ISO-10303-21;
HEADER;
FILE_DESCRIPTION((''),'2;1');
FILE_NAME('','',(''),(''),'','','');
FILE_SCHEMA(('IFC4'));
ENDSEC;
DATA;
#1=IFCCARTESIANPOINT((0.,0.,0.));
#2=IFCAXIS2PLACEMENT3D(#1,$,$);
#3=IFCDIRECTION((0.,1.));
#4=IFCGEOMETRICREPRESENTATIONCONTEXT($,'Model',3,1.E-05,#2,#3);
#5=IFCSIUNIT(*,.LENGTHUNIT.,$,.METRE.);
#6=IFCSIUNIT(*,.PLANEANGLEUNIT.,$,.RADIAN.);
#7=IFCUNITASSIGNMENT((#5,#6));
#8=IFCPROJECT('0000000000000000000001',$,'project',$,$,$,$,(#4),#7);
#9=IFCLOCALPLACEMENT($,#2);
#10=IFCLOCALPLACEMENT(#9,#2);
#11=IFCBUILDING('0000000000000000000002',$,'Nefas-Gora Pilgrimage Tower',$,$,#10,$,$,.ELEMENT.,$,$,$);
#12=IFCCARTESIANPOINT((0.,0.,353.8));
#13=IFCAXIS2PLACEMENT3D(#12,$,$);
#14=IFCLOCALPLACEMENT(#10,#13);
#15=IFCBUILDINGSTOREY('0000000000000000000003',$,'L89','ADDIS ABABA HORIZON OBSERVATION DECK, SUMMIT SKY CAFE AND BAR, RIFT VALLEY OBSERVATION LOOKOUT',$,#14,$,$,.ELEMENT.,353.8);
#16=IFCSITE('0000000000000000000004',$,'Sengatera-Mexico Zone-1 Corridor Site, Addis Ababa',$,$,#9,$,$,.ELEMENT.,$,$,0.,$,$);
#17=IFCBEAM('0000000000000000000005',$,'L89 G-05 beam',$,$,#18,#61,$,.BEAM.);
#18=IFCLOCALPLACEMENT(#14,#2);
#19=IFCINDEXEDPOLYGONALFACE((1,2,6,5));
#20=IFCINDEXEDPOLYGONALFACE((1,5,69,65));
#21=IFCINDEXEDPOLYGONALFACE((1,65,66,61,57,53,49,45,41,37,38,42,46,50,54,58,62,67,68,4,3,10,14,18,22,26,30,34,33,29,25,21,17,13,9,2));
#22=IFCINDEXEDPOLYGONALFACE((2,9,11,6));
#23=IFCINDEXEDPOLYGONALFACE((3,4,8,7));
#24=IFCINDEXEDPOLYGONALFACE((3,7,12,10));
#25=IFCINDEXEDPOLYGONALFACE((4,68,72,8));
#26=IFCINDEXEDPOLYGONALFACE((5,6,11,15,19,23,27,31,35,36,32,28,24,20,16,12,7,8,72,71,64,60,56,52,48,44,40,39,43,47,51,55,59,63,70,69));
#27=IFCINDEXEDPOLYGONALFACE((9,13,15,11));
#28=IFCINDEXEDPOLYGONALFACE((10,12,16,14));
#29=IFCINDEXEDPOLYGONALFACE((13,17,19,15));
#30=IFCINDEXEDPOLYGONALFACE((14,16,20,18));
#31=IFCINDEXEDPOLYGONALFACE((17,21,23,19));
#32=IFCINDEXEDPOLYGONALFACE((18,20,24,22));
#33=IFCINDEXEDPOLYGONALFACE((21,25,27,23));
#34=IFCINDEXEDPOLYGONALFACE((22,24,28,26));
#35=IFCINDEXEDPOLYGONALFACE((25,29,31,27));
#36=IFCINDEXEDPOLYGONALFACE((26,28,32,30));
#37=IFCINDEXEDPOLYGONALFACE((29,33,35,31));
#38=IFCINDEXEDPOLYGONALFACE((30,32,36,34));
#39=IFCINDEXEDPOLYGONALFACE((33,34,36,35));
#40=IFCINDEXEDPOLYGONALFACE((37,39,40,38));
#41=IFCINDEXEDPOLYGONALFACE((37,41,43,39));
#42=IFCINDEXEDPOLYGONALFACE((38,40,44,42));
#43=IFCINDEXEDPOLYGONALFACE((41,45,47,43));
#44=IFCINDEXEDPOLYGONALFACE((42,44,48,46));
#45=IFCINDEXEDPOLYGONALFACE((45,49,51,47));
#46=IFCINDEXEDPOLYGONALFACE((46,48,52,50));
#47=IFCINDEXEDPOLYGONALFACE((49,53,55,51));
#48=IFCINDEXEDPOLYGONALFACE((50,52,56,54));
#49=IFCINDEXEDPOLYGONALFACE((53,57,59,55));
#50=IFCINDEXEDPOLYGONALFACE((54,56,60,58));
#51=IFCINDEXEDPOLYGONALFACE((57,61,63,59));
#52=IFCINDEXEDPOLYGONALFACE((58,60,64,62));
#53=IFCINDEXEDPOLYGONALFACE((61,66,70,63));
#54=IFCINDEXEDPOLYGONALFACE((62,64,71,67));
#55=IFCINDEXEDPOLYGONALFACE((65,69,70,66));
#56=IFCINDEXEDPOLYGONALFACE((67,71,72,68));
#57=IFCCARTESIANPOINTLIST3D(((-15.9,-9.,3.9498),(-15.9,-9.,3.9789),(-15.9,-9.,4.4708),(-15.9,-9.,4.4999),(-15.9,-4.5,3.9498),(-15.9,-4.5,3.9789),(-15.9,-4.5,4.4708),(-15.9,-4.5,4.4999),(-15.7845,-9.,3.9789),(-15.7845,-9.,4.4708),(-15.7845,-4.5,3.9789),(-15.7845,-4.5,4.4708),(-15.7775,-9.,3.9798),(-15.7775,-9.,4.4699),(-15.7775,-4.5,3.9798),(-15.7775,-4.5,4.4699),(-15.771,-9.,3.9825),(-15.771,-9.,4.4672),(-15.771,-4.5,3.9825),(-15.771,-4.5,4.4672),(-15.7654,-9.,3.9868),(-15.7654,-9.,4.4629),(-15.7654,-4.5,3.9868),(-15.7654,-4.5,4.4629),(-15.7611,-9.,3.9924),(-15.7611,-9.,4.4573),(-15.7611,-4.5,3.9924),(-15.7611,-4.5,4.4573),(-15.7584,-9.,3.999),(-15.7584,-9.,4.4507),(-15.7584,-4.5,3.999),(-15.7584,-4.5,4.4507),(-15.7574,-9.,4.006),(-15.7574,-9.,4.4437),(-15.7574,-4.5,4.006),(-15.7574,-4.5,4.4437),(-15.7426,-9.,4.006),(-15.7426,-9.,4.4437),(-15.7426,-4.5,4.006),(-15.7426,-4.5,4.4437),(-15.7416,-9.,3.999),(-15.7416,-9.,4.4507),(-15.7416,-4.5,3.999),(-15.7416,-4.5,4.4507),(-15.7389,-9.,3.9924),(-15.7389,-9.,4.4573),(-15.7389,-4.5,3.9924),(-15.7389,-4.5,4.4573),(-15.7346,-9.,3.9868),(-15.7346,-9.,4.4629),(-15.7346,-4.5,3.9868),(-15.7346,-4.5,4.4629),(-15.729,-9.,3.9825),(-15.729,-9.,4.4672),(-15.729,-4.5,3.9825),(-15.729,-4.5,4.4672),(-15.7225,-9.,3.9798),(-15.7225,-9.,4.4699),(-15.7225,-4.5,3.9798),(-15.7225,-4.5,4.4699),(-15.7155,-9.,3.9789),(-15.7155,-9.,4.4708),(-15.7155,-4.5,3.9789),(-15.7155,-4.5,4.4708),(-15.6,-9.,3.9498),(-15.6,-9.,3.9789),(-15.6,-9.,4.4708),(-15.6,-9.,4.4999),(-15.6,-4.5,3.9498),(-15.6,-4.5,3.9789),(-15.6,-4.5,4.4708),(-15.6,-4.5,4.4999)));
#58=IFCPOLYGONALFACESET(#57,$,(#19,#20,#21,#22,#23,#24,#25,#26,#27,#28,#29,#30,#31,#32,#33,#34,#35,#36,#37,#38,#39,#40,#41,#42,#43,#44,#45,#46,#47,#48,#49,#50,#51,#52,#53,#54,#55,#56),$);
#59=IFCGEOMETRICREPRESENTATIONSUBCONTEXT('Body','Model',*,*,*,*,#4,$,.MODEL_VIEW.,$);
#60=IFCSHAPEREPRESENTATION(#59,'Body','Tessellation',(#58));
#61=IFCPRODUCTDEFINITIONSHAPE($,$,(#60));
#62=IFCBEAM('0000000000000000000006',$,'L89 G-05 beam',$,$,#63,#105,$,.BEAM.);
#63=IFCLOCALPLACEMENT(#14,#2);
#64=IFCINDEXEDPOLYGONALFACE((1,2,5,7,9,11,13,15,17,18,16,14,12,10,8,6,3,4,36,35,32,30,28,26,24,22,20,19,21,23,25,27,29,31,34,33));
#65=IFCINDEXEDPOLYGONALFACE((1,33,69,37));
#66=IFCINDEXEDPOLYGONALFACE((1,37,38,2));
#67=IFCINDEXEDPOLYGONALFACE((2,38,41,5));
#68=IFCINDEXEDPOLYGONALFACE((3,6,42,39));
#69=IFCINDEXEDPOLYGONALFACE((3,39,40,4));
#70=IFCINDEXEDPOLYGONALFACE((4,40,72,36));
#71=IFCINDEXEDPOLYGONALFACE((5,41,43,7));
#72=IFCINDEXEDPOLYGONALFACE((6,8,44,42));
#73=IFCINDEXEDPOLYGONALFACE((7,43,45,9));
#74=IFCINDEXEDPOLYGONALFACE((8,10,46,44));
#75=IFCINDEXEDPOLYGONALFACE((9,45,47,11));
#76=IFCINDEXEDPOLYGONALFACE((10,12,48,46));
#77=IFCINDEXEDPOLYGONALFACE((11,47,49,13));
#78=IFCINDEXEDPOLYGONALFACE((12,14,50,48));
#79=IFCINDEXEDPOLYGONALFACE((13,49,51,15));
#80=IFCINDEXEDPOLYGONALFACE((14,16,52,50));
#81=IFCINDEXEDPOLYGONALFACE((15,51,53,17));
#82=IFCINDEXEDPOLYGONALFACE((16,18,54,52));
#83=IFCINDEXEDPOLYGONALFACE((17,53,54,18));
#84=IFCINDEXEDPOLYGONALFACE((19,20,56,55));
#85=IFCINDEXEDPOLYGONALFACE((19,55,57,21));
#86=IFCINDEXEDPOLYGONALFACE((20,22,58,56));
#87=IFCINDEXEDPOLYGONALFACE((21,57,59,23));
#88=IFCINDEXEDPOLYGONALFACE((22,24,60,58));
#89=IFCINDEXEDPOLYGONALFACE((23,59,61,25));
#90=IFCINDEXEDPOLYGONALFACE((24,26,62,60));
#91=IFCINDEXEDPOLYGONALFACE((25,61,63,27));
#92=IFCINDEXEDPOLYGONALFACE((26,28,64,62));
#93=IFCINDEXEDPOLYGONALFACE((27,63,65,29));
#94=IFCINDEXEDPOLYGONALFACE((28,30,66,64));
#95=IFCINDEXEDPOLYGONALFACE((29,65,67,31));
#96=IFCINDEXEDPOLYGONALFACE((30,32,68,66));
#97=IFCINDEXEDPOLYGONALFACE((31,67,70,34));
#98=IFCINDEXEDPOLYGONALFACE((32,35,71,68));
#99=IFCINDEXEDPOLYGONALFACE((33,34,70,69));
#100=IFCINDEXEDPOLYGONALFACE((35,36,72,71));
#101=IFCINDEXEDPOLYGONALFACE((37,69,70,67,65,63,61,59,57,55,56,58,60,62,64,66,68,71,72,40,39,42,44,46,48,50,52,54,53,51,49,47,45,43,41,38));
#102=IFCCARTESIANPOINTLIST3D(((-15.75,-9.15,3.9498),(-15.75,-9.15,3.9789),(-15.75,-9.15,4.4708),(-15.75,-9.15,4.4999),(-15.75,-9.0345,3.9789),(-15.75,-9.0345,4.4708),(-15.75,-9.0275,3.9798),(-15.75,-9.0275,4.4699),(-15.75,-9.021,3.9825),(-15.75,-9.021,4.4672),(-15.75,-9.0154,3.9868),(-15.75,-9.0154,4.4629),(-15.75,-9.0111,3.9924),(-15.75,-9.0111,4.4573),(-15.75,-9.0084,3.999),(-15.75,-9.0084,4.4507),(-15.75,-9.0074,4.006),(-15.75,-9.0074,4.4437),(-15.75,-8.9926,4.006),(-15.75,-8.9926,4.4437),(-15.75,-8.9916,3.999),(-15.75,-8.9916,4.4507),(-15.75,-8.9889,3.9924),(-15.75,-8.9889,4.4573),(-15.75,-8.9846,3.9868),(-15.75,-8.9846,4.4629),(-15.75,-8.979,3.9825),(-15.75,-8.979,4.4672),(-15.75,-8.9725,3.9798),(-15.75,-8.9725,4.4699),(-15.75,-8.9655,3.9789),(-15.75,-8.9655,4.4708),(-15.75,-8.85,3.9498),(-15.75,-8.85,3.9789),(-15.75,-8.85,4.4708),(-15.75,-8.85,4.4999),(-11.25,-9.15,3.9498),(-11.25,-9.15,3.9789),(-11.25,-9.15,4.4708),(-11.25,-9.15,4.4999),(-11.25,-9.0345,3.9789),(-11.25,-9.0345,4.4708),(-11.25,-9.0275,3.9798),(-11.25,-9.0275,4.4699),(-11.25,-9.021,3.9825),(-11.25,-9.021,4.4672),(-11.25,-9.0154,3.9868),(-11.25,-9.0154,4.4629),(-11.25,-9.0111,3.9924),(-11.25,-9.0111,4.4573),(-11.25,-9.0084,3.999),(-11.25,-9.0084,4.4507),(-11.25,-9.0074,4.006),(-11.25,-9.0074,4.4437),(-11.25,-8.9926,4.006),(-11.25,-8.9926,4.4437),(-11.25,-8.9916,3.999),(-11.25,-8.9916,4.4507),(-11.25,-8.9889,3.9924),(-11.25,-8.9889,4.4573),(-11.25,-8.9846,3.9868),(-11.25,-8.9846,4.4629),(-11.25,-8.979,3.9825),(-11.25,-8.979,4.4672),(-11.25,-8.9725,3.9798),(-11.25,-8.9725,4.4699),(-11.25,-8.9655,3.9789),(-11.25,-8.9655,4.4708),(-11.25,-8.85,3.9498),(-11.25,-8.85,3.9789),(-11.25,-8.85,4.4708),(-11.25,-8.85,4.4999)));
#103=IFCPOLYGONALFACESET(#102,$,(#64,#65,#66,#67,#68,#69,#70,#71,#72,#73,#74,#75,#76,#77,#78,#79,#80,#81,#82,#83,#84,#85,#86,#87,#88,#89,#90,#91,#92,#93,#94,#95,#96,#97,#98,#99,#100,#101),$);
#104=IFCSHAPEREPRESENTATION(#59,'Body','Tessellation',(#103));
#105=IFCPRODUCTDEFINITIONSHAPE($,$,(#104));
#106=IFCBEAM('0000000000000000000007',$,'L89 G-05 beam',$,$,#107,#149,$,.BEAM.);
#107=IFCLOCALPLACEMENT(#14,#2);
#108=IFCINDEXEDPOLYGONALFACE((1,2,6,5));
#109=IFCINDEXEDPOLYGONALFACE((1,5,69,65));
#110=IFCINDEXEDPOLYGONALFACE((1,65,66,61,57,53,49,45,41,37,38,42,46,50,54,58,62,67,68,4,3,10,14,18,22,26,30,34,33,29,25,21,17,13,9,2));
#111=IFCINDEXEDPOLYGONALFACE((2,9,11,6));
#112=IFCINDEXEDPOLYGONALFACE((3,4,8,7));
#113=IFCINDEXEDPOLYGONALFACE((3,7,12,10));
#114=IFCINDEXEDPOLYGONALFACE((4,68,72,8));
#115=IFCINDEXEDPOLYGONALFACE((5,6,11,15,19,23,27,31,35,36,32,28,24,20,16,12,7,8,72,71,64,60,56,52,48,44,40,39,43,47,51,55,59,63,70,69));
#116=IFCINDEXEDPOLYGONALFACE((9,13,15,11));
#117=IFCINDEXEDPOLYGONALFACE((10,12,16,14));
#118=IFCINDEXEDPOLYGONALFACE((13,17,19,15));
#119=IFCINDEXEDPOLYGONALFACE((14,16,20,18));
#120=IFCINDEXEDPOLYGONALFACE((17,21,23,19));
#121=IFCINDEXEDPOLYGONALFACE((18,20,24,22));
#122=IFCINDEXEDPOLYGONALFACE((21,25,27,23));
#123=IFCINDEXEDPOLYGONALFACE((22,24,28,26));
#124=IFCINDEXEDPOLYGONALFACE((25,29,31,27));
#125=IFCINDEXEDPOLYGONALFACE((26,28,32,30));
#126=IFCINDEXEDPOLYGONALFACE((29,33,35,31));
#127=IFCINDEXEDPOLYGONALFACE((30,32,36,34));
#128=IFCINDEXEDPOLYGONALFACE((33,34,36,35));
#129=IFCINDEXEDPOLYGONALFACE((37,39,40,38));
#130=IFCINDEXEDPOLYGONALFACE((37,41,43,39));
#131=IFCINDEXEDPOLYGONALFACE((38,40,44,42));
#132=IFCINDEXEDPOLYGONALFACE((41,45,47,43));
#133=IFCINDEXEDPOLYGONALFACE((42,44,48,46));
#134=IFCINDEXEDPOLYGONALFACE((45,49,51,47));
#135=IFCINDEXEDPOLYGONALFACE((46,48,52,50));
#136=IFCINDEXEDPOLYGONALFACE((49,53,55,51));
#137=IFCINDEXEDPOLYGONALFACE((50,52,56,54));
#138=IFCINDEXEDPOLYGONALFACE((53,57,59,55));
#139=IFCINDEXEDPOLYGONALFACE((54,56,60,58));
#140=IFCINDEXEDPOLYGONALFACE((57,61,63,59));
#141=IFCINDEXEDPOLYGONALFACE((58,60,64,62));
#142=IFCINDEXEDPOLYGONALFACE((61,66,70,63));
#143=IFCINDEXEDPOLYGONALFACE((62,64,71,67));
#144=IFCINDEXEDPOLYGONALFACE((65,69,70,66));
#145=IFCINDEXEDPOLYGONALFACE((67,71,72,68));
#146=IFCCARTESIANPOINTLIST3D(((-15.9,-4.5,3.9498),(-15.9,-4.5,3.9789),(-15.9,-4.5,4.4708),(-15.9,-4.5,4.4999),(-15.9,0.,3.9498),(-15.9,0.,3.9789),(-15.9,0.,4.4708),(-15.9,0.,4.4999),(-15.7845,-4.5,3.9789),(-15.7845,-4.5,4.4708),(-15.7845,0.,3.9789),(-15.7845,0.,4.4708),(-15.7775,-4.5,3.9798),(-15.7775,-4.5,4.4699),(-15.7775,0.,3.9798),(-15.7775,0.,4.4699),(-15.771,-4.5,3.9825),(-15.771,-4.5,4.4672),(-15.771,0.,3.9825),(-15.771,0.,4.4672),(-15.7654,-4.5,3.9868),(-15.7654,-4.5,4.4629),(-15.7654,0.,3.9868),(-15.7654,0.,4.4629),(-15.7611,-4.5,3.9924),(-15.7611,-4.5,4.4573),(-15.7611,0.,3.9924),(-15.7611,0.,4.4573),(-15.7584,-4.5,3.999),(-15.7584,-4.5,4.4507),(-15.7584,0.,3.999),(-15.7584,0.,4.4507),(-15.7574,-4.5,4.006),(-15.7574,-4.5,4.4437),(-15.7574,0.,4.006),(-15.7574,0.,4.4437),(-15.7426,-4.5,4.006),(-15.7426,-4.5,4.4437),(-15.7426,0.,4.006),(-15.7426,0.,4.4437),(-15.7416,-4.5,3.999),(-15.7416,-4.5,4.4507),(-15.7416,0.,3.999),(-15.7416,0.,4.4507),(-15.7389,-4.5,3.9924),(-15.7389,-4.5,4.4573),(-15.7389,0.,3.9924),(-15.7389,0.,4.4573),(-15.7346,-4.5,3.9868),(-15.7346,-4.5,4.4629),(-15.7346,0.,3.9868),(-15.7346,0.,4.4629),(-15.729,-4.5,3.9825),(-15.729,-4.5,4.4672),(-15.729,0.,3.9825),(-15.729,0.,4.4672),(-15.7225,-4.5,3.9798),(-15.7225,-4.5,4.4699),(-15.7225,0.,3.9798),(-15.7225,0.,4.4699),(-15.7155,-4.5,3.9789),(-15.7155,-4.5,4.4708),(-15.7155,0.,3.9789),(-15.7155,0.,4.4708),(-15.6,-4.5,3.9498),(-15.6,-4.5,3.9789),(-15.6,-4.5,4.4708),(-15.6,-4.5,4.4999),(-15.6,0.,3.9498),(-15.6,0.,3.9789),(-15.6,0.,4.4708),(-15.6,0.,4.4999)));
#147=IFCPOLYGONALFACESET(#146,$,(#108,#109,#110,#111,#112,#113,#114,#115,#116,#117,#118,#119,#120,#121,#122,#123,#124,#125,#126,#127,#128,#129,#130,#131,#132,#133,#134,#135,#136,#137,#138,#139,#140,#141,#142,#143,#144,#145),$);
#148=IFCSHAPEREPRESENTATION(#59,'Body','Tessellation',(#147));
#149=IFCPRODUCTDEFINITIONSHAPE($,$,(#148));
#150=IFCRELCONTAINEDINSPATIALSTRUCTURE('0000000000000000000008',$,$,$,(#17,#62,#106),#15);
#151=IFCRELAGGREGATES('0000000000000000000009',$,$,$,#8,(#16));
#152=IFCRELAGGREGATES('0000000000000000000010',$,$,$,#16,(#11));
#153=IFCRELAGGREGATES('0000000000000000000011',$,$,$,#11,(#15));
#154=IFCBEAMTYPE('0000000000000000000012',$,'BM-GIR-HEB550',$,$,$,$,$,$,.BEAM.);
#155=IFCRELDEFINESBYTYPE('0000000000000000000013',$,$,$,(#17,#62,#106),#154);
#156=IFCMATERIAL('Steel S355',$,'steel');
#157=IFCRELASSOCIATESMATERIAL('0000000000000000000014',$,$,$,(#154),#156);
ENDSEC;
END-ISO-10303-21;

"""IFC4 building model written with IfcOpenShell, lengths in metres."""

from ifc_helpers import new_model, si_unit, direction, frame, origin, origin_2d, place, context, subcontext, project, spatial, i_section, extrude, source, transform, mapped, material, material_profile, profile_set, type_object, element, save


model = new_model("IFC4")

# Units and contexts
model_context = context("Model", 3, precision=1e-05, world=origin(), true_north=direction((0.0, 1.0)))
body_context = subcontext(model_context, "Body", "Model", "MODEL_VIEW")
ifc_project = project(units=[si_unit("LENGTHUNIT", "METRE"), si_unit("PLANEANGLEUNIT", "RADIAN")], contexts=[model_context])

# Site, building, storey
site_placement = place(None, origin())
site = spatial("IfcSite", under=ifc_project, at=site_placement, Name="Sengatera-Mexico Zone-1 Corridor Site, Addis Ababa", CompositionType="ELEMENT", RefElevation=0.0)
building_placement = place(site_placement, origin())
building = spatial("IfcBuilding", under=site, at=building_placement, Name="Nefas-Gora Pilgrimage Tower", CompositionType="ELEMENT")
storey_placement = place(building_placement, frame((0.0, 0.0, 353.8)))
storey = spatial("IfcBuildingStorey", under=building, at=storey_placement, Name="L89", Description="ADDIS ABABA HORIZON OBSERVATION DECK, SUMMIT SKY CAFE AND BAR, RIFT VALLEY OBSERVATION LOOKOUT", CompositionType="ELEMENT", Elevation=353.8)

# Shared definitions
ifc_material_1 = material(Name="Steel S355", Category="steel")

# Beams
ifc_material_profile_1 = material_profile(ifc_material_1, i_section(OverallWidth=0.3, OverallDepth=0.55, WebThickness=0.0149, FlangeThickness=0.0291, FilletRadius=0.0271, at=origin_2d()), Name="HEB 550")
ifc_profile_set_1 = profile_set([ifc_material_profile_1], Name="Steel S355")
beam_type = type_object("IfcBeamType", Name="BM-GIR-HEB550", PredefinedType="BEAM", material=ifc_profile_set_1)
shared_shape_1 = source(origin(), body_context, "Body", "SweptSolid", [
    extrude(i_section(OverallWidth=0.3, OverallDepth=0.55, WebThickness=0.0149, FlangeThickness=0.0291, FilletRadius=0.0271, at=origin_2d()), origin(), (0.0, 0.0, 1.0), 4.5),
])
for number, where, z_axis, x_axis, name in (
    (1, (-15.75, -9.0, 4.2249), (0.0, 1.0, 0.0), (-1.0, 0.0, 0.0), "L89 G-05 beam"),
    (2, (-15.75, -9.0, 4.2249), (1.0, 0.0, 0.0), (0.0, 1.0, 0.0), "L89 G-05 beam"),
    (3, (-15.75, -4.5, 4.2249), (0.0, 1.0, 0.0), (-1.0, 0.0, 0.0), "L89 G-05 beam"),
):
    element("IfcBeam", number, at=place(storey_placement, frame(where, z_axis=z_axis, x_axis=x_axis)), inside=storey, type_object=beam_type, Name=name, PredefinedType="BEAM", context=body_context, shape_type="MappedRepresentation", body=[
        mapped(shared_shape_1, transform((0.0, 0.0, 0.0), x_axis=(1.0, 0.0, 0.0), y_axis=(0.0, 1.0, 0.0), z_axis=(0.0, 0.0, 1.0), scale=1.0)),
    ])

save(model, "model.ifc")
